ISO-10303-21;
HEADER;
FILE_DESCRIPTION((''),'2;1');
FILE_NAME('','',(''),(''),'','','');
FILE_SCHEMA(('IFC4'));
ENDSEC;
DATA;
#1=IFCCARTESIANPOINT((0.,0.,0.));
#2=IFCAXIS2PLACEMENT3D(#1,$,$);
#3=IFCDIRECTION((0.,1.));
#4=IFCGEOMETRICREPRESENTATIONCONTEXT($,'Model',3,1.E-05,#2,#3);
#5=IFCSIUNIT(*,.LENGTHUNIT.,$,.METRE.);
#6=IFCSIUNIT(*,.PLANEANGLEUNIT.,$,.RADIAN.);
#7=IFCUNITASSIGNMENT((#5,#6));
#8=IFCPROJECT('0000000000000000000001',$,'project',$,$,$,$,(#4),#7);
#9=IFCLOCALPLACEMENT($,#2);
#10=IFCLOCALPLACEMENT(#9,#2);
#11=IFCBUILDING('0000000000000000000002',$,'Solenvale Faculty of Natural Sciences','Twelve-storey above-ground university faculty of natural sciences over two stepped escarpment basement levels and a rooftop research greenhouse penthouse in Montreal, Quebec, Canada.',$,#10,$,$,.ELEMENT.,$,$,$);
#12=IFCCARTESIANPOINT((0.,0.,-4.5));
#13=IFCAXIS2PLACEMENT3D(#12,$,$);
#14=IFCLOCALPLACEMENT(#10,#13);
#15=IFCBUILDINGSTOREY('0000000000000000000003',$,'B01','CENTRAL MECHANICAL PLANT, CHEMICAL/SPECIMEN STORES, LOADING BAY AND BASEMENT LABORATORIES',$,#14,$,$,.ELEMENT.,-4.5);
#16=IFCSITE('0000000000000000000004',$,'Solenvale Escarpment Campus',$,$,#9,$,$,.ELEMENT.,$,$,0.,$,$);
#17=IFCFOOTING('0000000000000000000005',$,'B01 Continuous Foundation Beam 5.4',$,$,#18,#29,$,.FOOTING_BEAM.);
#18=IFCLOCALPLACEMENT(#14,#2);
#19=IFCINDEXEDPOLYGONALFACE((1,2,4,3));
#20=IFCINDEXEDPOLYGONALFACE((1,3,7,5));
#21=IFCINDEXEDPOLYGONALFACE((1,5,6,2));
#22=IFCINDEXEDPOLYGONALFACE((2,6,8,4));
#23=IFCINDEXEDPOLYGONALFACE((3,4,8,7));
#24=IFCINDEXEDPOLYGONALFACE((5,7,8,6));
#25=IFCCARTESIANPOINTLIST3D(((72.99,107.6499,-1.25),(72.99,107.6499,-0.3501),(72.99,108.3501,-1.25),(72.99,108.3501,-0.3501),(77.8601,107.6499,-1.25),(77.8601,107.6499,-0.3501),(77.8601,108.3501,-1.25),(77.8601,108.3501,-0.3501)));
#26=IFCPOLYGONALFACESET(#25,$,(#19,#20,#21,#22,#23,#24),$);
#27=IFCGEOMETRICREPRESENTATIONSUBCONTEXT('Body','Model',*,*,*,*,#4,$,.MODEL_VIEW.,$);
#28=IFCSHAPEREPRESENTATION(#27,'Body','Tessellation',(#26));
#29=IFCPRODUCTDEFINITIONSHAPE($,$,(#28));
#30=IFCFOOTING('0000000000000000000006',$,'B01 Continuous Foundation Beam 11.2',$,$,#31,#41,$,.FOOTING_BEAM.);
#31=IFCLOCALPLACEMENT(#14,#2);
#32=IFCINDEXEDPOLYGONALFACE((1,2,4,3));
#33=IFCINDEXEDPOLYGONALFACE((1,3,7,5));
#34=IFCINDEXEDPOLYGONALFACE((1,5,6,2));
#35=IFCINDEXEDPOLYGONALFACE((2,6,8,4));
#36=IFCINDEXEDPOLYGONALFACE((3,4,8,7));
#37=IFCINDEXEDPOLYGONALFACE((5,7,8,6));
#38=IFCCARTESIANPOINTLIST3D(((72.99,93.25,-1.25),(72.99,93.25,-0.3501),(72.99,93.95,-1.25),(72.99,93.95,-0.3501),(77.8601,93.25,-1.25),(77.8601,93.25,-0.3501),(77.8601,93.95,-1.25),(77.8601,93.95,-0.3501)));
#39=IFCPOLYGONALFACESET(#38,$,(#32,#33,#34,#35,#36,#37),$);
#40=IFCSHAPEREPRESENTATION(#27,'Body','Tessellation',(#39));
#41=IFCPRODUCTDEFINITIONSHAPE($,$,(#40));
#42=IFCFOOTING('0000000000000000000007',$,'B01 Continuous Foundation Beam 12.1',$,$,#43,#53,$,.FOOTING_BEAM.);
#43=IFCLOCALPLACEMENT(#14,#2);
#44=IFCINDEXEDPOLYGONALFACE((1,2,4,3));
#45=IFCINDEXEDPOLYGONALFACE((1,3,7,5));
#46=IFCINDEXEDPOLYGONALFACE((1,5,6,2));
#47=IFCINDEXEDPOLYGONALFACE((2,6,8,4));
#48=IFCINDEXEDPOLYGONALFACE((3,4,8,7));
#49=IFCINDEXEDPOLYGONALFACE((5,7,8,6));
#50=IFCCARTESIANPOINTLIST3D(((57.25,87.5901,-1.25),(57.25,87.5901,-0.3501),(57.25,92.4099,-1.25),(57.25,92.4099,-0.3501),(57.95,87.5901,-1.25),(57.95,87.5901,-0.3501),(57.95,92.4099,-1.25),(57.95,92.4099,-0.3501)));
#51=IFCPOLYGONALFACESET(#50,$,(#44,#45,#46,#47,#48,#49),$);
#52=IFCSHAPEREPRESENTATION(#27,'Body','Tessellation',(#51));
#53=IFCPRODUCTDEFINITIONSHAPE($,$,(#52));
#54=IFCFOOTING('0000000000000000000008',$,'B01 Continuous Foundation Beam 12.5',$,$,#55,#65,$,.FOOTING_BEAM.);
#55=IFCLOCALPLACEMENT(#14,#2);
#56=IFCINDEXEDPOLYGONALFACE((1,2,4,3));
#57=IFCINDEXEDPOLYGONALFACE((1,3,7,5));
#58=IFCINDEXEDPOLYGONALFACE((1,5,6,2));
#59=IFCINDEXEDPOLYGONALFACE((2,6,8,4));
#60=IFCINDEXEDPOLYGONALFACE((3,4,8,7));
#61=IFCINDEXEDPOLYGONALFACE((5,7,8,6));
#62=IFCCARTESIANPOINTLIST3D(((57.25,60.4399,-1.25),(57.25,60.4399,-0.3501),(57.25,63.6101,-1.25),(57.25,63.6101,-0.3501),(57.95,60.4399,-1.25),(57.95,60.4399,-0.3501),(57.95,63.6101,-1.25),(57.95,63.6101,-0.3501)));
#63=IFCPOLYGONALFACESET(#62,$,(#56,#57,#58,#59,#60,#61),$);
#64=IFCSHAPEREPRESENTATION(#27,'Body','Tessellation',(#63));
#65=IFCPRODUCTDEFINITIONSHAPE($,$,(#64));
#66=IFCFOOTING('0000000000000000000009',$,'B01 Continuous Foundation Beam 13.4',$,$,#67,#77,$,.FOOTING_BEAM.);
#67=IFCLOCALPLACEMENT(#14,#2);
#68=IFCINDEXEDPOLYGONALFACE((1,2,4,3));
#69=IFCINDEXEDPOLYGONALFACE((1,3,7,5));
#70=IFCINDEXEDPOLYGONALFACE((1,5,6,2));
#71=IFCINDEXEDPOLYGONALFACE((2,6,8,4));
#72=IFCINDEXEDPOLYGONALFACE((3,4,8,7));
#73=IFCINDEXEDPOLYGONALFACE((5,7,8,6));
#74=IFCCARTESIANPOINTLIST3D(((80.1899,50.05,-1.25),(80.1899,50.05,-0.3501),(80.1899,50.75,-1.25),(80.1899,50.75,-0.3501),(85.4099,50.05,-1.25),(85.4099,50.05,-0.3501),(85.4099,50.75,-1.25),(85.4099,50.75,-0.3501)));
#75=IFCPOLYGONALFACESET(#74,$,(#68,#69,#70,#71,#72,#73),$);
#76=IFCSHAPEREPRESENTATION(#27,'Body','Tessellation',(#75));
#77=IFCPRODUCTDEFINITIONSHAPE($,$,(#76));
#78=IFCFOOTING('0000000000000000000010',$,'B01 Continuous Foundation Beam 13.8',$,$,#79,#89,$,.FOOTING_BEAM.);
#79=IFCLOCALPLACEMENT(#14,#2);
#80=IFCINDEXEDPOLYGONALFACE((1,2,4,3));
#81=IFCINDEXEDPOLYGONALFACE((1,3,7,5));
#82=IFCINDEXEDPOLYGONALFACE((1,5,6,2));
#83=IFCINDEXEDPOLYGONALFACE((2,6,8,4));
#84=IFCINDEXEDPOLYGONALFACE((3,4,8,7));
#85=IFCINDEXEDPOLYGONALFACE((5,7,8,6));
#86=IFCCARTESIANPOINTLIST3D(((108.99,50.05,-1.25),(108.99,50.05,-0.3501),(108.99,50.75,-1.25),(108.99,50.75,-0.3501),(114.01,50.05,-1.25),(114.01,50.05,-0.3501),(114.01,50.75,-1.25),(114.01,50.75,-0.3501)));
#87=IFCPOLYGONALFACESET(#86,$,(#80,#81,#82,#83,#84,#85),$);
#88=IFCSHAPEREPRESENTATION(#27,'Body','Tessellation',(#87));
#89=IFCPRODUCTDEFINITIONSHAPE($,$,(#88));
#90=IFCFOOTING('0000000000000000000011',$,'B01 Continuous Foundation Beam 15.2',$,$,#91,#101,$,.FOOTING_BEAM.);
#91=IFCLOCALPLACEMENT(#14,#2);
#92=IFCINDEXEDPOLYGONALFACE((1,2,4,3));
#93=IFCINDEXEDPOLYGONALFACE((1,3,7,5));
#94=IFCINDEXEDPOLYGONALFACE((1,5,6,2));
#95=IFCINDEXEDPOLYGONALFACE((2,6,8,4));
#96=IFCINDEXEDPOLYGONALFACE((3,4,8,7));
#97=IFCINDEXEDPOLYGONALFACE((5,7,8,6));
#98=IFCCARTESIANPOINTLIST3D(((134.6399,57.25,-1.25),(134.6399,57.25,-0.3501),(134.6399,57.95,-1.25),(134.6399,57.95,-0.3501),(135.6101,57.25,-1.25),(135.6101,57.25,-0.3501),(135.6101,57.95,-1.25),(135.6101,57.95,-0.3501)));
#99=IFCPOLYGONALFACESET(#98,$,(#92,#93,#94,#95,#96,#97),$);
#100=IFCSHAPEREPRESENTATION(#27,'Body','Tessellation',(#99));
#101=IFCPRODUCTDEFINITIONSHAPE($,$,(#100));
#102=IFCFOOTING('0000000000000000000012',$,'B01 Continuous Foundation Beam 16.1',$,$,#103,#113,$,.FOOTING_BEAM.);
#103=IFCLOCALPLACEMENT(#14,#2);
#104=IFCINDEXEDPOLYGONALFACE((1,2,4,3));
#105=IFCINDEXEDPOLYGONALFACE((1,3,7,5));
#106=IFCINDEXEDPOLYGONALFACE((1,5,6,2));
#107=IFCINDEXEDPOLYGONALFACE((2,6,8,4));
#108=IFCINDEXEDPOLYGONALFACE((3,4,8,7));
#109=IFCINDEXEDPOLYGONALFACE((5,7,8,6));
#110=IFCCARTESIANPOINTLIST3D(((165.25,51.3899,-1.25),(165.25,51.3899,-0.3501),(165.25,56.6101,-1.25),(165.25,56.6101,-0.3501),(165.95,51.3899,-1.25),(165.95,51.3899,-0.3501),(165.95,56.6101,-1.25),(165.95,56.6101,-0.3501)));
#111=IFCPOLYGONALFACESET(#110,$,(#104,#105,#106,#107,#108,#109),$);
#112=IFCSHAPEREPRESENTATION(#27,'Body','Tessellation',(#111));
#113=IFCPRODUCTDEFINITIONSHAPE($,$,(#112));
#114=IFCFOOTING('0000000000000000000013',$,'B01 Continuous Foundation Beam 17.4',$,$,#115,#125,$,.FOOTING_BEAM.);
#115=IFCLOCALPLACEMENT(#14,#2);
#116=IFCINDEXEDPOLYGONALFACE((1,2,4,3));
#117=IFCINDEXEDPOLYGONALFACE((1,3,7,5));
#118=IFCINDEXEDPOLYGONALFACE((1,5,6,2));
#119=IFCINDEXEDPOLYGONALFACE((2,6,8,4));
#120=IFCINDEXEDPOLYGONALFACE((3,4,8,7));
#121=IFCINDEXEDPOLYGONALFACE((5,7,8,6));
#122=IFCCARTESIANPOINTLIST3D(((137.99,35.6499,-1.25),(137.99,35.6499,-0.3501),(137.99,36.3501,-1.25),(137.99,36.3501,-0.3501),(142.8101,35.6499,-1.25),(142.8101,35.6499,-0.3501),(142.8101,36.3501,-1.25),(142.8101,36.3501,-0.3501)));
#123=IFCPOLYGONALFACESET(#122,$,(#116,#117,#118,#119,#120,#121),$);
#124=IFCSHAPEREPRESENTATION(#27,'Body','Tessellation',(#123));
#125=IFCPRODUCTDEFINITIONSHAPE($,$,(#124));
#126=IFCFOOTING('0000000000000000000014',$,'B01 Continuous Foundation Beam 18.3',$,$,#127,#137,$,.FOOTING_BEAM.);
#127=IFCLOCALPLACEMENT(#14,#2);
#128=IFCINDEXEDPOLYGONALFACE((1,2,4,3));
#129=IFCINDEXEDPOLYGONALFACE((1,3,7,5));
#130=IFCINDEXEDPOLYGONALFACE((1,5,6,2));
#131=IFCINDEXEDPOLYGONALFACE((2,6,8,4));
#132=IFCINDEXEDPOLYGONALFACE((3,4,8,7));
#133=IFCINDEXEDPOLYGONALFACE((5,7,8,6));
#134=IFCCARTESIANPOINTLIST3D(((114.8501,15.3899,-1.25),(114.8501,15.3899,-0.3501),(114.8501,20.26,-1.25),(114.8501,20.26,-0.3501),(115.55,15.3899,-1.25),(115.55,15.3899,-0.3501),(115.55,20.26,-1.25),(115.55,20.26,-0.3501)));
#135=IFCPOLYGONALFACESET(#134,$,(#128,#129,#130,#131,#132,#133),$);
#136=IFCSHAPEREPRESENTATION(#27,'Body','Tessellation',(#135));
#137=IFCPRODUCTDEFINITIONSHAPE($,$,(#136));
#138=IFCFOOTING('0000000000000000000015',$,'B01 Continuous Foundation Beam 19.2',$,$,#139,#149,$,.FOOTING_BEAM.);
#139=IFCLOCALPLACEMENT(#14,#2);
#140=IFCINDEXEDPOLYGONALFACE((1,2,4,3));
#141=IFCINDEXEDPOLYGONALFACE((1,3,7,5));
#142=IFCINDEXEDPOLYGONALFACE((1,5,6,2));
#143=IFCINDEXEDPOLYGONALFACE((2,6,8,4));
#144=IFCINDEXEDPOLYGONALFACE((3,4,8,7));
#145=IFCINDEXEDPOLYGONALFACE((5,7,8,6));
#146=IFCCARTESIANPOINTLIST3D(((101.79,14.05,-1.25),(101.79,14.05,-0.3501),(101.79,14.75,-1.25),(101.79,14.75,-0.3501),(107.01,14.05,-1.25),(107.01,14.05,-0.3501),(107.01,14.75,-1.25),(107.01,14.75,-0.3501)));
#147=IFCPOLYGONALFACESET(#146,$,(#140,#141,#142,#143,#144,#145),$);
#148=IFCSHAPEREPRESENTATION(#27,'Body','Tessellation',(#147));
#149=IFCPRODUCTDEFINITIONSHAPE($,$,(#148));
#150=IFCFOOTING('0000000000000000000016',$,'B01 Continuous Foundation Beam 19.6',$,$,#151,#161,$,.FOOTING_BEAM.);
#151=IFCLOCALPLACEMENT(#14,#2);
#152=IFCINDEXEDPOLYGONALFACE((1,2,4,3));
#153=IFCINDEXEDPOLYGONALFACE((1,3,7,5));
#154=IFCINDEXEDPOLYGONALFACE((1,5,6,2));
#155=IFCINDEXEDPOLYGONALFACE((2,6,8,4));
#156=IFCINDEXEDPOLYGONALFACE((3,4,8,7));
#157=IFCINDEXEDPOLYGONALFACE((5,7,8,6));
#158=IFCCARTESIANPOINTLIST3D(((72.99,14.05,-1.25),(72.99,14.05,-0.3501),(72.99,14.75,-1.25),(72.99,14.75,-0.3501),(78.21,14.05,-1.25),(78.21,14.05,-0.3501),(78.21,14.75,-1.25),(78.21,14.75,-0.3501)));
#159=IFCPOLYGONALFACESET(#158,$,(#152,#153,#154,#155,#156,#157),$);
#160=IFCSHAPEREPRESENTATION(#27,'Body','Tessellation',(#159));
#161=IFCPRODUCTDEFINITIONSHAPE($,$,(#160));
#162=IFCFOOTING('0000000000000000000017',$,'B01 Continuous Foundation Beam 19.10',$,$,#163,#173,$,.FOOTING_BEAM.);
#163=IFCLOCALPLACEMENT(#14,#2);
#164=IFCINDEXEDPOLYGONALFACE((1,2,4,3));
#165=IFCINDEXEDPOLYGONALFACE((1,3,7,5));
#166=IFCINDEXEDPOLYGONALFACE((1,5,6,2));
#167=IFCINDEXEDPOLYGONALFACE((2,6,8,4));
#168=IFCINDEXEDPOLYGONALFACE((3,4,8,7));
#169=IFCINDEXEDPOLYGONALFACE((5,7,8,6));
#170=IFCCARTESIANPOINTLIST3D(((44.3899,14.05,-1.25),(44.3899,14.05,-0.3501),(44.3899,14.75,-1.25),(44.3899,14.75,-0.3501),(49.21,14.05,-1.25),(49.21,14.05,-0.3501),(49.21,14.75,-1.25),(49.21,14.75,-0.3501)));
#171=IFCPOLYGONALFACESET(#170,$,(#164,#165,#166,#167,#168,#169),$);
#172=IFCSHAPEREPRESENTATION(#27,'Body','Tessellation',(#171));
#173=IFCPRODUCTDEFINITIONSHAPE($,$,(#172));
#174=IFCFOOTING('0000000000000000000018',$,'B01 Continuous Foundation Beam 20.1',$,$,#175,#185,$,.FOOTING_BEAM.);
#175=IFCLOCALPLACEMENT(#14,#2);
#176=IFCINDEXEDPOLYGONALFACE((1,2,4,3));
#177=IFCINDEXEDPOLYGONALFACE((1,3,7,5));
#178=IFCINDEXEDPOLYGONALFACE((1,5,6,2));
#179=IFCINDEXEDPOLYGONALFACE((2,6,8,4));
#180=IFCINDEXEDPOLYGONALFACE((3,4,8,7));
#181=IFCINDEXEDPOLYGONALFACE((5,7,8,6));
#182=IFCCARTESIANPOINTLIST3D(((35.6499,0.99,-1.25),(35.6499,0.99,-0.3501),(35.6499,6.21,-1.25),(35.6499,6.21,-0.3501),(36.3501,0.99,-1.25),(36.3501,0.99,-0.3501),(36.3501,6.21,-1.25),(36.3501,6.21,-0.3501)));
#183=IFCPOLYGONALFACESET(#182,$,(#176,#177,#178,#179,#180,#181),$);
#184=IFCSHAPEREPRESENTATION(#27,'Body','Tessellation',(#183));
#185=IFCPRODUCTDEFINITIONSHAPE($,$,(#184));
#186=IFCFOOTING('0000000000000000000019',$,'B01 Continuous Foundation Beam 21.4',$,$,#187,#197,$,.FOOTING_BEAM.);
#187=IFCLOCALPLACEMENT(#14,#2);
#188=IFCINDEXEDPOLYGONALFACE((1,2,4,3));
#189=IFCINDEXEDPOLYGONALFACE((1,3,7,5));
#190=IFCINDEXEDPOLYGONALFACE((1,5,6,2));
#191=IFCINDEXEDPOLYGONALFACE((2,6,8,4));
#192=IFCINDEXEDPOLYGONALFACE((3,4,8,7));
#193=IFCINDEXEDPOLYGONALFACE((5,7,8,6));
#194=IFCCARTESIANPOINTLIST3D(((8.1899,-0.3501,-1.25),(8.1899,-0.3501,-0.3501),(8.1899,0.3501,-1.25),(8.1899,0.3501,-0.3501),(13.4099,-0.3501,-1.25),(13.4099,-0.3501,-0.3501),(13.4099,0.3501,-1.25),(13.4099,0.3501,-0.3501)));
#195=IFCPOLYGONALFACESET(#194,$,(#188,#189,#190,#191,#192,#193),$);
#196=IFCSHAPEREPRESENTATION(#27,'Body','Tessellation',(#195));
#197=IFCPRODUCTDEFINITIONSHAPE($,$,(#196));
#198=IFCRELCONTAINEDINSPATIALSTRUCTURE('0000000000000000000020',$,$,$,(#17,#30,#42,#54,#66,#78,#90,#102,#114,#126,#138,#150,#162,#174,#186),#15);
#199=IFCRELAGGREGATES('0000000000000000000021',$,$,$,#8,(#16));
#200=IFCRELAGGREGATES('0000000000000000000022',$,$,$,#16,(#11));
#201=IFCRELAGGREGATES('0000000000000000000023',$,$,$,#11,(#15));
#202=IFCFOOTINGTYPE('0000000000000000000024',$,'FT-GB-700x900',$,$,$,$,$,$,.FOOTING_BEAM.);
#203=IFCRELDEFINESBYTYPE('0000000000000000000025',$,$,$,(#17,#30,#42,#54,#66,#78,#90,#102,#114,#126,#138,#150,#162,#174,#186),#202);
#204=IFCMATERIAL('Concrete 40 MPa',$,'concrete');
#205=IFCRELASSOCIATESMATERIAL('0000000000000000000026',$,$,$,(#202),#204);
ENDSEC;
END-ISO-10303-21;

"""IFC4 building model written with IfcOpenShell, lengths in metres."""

from ifc_helpers import new_model, si_unit, direction, frame, origin, place, context, subcontext, project, spatial, polyline, outline, extrude, material, type_object, element, save


model = new_model("IFC4")

# Units and contexts
model_context = context("Model", 3, precision=1e-05, world=origin(), true_north=direction((0.0, 1.0)))
body_context = subcontext(model_context, "Body", "Model", "MODEL_VIEW")
ifc_project = project(units=[si_unit("LENGTHUNIT", "METRE"), si_unit("PLANEANGLEUNIT", "RADIAN")], contexts=[model_context])

# Site, building, storey
site_placement = place(None, origin())
site = spatial("IfcSite", under=ifc_project, at=site_placement, Name="Solenvale Escarpment Campus", CompositionType="ELEMENT", RefElevation=0.0)
building_placement = place(site_placement, origin())
building = spatial("IfcBuilding", under=site, at=building_placement, Name="Solenvale Faculty of Natural Sciences", Description="Twelve-storey above-ground university faculty of natural sciences over two stepped escarpment basement levels and a rooftop research greenhouse penthouse in Montreal, Quebec, Canada.", CompositionType="ELEMENT")
storey_placement = place(building_placement, frame((0.0, 0.0, -4.5)))
storey = spatial("IfcBuildingStorey", under=building, at=storey_placement, Name="B01", Description="CENTRAL MECHANICAL PLANT, CHEMICAL/SPECIMEN STORES, LOADING BAY AND BASEMENT LABORATORIES", CompositionType="ELEMENT", Elevation=-4.5)

# Footings
ifc_material = material(Name="Concrete 40 MPa", Category="concrete")
footing_type_1 = type_object("IfcFootingType", Name="FT-GB-700x900", PredefinedType="FOOTING_BEAM", material=ifc_material)
footing_1_placement = place(storey_placement, frame((0.0, 0.0, -1.25)))
element("IfcFooting", 1, at=footing_1_placement, inside=storey, type_object=footing_type_1, Name="B01 Continuous Foundation Beam 5.4", PredefinedType="FOOTING_BEAM", context=body_context, shape_type="SweptSolid", body=[
    extrude(outline(polyline([(72.99, 107.6499), (77.8601, 107.6499), (77.8601, 108.3501), (72.99, 108.3501), (72.99, 107.6499)])), origin(), (0.0, 0.0, 1.0), 0.8999),
])
footing_2_placement = place(storey_placement, frame((0.0, 0.0, -1.25)))
element("IfcFooting", 2, at=footing_2_placement, inside=storey, type_object=footing_type_1, Name="B01 Continuous Foundation Beam 11.2", PredefinedType="FOOTING_BEAM", context=body_context, shape_type="SweptSolid", body=[
    extrude(outline(polyline([(72.99, 93.25), (77.8601, 93.25), (77.8601, 93.95), (72.99, 93.95), (72.99, 93.25)])), origin(), (0.0, 0.0, 1.0), 0.8999),
])
footing_3_placement = place(storey_placement, frame((0.0, 0.0, -1.25)))
element("IfcFooting", 3, at=footing_3_placement, inside=storey, type_object=footing_type_1, Name="B01 Continuous Foundation Beam 12.1", PredefinedType="FOOTING_BEAM", context=body_context, shape_type="SweptSolid", body=[
    extrude(outline(polyline([(57.25, 87.5901), (57.95, 87.5901), (57.95, 92.4099), (57.25, 92.4099), (57.25, 87.5901)])), origin(), (0.0, 0.0, 1.0), 0.8999),
])
footing_4_placement = place(storey_placement, frame((0.0, 0.0, -1.25)))
element("IfcFooting", 4, at=footing_4_placement, inside=storey, type_object=footing_type_1, Name="B01 Continuous Foundation Beam 12.5", PredefinedType="FOOTING_BEAM", context=body_context, shape_type="SweptSolid", body=[
    extrude(outline(polyline([(57.25, 60.4399), (57.95, 60.4399), (57.95, 63.6101), (57.25, 63.6101), (57.25, 60.4399)])), origin(), (0.0, 0.0, 1.0), 0.8999),
])
footing_5_placement = place(storey_placement, frame((0.0, 0.0, -1.25)))
element("IfcFooting", 5, at=footing_5_placement, inside=storey, type_object=footing_type_1, Name="B01 Continuous Foundation Beam 13.4", PredefinedType="FOOTING_BEAM", context=body_context, shape_type="SweptSolid", body=[
    extrude(outline(polyline([(80.1899, 50.05), (85.4099, 50.05), (85.4099, 50.75), (80.1899, 50.75), (80.1899, 50.05)])), origin(), (0.0, 0.0, 1.0), 0.8999),
])
footing_6_placement = place(storey_placement, frame((0.0, 0.0, -1.25)))
element("IfcFooting", 6, at=footing_6_placement, inside=storey, type_object=footing_type_1, Name="B01 Continuous Foundation Beam 13.8", PredefinedType="FOOTING_BEAM", context=body_context, shape_type="SweptSolid", body=[
    extrude(outline(polyline([(108.99, 50.05), (114.01, 50.05), (114.01, 50.75), (108.99, 50.75), (108.99, 50.05)])), origin(), (0.0, 0.0, 1.0), 0.8999),
])
footing_7_placement = place(storey_placement, frame((0.0, 0.0, -1.25)))
element("IfcFooting", 7, at=footing_7_placement, inside=storey, type_object=footing_type_1, Name="B01 Continuous Foundation Beam 15.2", PredefinedType="FOOTING_BEAM", context=body_context, shape_type="SweptSolid", body=[
    extrude(outline(polyline([(134.6399, 57.25), (135.6101, 57.25), (135.6101, 57.95), (134.6399, 57.95), (134.6399, 57.25)])), origin(), (0.0, 0.0, 1.0), 0.8999),
])
footing_8_placement = place(storey_placement, frame((0.0, 0.0, -1.25)))
element("IfcFooting", 8, at=footing_8_placement, inside=storey, type_object=footing_type_1, Name="B01 Continuous Foundation Beam 16.1", PredefinedType="FOOTING_BEAM", context=body_context, shape_type="SweptSolid", body=[
    extrude(outline(polyline([(165.25, 51.3899), (165.95, 51.3899), (165.95, 56.6101), (165.25, 56.6101), (165.25, 51.3899)])), origin(), (0.0, 0.0, 1.0), 0.8999),
])
footing_9_placement = place(storey_placement, frame((0.0, 0.0, -1.25)))
element("IfcFooting", 9, at=footing_9_placement, inside=storey, type_object=footing_type_1, Name="B01 Continuous Foundation Beam 17.4", PredefinedType="FOOTING_BEAM", context=body_context, shape_type="SweptSolid", body=[
    extrude(outline(polyline([(137.99, 35.6499), (142.8101, 35.6499), (142.8101, 36.3501), (137.99, 36.3501), (137.99, 35.6499)])), origin(), (0.0, 0.0, 1.0), 0.8999),
])
footing_10_placement = place(storey_placement, frame((0.0, 0.0, -1.25)))
element("IfcFooting", 10, at=footing_10_placement, inside=storey, type_object=footing_type_1, Name="B01 Continuous Foundation Beam 18.3", PredefinedType="FOOTING_BEAM", context=body_context, shape_type="SweptSolid", body=[
    extrude(outline(polyline([(114.8501, 15.3899), (115.55, 15.3899), (115.55, 20.26), (114.8501, 20.26), (114.8501, 15.3899)])), origin(), (0.0, 0.0, 1.0), 0.8999),
])
footing_11_placement = place(storey_placement, frame((0.0, 0.0, -1.25)))
element("IfcFooting", 11, at=footing_11_placement, inside=storey, type_object=footing_type_1, Name="B01 Continuous Foundation Beam 19.2", PredefinedType="FOOTING_BEAM", context=body_context, shape_type="SweptSolid", body=[
    extrude(outline(polyline([(101.79, 14.05), (107.01, 14.05), (107.01, 14.75), (101.79, 14.75), (101.79, 14.05)])), origin(), (0.0, 0.0, 1.0), 0.8999),
])
footing_12_placement = place(storey_placement, frame((0.0, 0.0, -1.25)))
element("IfcFooting", 12, at=footing_12_placement, inside=storey, type_object=footing_type_1, Name="B01 Continuous Foundation Beam 19.6", PredefinedType="FOOTING_BEAM", context=body_context, shape_type="SweptSolid", body=[
    extrude(outline(polyline([(72.99, 14.05), (78.21, 14.05), (78.21, 14.75), (72.99, 14.75), (72.99, 14.05)])), origin(), (0.0, 0.0, 1.0), 0.8999),
])
footing_13_placement = place(storey_placement, frame((0.0, 0.0, -1.25)))
element("IfcFooting", 13, at=footing_13_placement, inside=storey, type_object=footing_type_1, Name="B01 Continuous Foundation Beam 19.10", PredefinedType="FOOTING_BEAM", context=body_context, shape_type="SweptSolid", body=[
    extrude(outline(polyline([(44.3899, 14.05), (49.21, 14.05), (49.21, 14.75), (44.3899, 14.75), (44.3899, 14.05)])), origin(), (0.0, 0.0, 1.0), 0.8999),
])
footing_14_placement = place(storey_placement, frame((0.0, 0.0, -1.25)))
element("IfcFooting", 14, at=footing_14_placement, inside=storey, type_object=footing_type_1, Name="B01 Continuous Foundation Beam 20.1", PredefinedType="FOOTING_BEAM", context=body_context, shape_type="SweptSolid", body=[
    extrude(outline(polyline([(35.6499, 0.99), (36.3501, 0.99), (36.3501, 6.21), (35.6499, 6.21), (35.6499, 0.99)])), origin(), (0.0, 0.0, 1.0), 0.8999),
])
footing_15_placement = place(storey_placement, frame((0.0, 0.0, -1.25)))
element("IfcFooting", 15, at=footing_15_placement, inside=storey, type_object=footing_type_1, Name="B01 Continuous Foundation Beam 21.4", PredefinedType="FOOTING_BEAM", context=body_context, shape_type="SweptSolid", body=[
    extrude(outline(polyline([(8.1899, -0.3501), (13.4099, -0.3501), (13.4099, 0.3501), (8.1899, 0.3501), (8.1899, -0.3501)])), origin(), (0.0, 0.0, 1.0), 0.8999),
])

save(model, "model.ifc")
